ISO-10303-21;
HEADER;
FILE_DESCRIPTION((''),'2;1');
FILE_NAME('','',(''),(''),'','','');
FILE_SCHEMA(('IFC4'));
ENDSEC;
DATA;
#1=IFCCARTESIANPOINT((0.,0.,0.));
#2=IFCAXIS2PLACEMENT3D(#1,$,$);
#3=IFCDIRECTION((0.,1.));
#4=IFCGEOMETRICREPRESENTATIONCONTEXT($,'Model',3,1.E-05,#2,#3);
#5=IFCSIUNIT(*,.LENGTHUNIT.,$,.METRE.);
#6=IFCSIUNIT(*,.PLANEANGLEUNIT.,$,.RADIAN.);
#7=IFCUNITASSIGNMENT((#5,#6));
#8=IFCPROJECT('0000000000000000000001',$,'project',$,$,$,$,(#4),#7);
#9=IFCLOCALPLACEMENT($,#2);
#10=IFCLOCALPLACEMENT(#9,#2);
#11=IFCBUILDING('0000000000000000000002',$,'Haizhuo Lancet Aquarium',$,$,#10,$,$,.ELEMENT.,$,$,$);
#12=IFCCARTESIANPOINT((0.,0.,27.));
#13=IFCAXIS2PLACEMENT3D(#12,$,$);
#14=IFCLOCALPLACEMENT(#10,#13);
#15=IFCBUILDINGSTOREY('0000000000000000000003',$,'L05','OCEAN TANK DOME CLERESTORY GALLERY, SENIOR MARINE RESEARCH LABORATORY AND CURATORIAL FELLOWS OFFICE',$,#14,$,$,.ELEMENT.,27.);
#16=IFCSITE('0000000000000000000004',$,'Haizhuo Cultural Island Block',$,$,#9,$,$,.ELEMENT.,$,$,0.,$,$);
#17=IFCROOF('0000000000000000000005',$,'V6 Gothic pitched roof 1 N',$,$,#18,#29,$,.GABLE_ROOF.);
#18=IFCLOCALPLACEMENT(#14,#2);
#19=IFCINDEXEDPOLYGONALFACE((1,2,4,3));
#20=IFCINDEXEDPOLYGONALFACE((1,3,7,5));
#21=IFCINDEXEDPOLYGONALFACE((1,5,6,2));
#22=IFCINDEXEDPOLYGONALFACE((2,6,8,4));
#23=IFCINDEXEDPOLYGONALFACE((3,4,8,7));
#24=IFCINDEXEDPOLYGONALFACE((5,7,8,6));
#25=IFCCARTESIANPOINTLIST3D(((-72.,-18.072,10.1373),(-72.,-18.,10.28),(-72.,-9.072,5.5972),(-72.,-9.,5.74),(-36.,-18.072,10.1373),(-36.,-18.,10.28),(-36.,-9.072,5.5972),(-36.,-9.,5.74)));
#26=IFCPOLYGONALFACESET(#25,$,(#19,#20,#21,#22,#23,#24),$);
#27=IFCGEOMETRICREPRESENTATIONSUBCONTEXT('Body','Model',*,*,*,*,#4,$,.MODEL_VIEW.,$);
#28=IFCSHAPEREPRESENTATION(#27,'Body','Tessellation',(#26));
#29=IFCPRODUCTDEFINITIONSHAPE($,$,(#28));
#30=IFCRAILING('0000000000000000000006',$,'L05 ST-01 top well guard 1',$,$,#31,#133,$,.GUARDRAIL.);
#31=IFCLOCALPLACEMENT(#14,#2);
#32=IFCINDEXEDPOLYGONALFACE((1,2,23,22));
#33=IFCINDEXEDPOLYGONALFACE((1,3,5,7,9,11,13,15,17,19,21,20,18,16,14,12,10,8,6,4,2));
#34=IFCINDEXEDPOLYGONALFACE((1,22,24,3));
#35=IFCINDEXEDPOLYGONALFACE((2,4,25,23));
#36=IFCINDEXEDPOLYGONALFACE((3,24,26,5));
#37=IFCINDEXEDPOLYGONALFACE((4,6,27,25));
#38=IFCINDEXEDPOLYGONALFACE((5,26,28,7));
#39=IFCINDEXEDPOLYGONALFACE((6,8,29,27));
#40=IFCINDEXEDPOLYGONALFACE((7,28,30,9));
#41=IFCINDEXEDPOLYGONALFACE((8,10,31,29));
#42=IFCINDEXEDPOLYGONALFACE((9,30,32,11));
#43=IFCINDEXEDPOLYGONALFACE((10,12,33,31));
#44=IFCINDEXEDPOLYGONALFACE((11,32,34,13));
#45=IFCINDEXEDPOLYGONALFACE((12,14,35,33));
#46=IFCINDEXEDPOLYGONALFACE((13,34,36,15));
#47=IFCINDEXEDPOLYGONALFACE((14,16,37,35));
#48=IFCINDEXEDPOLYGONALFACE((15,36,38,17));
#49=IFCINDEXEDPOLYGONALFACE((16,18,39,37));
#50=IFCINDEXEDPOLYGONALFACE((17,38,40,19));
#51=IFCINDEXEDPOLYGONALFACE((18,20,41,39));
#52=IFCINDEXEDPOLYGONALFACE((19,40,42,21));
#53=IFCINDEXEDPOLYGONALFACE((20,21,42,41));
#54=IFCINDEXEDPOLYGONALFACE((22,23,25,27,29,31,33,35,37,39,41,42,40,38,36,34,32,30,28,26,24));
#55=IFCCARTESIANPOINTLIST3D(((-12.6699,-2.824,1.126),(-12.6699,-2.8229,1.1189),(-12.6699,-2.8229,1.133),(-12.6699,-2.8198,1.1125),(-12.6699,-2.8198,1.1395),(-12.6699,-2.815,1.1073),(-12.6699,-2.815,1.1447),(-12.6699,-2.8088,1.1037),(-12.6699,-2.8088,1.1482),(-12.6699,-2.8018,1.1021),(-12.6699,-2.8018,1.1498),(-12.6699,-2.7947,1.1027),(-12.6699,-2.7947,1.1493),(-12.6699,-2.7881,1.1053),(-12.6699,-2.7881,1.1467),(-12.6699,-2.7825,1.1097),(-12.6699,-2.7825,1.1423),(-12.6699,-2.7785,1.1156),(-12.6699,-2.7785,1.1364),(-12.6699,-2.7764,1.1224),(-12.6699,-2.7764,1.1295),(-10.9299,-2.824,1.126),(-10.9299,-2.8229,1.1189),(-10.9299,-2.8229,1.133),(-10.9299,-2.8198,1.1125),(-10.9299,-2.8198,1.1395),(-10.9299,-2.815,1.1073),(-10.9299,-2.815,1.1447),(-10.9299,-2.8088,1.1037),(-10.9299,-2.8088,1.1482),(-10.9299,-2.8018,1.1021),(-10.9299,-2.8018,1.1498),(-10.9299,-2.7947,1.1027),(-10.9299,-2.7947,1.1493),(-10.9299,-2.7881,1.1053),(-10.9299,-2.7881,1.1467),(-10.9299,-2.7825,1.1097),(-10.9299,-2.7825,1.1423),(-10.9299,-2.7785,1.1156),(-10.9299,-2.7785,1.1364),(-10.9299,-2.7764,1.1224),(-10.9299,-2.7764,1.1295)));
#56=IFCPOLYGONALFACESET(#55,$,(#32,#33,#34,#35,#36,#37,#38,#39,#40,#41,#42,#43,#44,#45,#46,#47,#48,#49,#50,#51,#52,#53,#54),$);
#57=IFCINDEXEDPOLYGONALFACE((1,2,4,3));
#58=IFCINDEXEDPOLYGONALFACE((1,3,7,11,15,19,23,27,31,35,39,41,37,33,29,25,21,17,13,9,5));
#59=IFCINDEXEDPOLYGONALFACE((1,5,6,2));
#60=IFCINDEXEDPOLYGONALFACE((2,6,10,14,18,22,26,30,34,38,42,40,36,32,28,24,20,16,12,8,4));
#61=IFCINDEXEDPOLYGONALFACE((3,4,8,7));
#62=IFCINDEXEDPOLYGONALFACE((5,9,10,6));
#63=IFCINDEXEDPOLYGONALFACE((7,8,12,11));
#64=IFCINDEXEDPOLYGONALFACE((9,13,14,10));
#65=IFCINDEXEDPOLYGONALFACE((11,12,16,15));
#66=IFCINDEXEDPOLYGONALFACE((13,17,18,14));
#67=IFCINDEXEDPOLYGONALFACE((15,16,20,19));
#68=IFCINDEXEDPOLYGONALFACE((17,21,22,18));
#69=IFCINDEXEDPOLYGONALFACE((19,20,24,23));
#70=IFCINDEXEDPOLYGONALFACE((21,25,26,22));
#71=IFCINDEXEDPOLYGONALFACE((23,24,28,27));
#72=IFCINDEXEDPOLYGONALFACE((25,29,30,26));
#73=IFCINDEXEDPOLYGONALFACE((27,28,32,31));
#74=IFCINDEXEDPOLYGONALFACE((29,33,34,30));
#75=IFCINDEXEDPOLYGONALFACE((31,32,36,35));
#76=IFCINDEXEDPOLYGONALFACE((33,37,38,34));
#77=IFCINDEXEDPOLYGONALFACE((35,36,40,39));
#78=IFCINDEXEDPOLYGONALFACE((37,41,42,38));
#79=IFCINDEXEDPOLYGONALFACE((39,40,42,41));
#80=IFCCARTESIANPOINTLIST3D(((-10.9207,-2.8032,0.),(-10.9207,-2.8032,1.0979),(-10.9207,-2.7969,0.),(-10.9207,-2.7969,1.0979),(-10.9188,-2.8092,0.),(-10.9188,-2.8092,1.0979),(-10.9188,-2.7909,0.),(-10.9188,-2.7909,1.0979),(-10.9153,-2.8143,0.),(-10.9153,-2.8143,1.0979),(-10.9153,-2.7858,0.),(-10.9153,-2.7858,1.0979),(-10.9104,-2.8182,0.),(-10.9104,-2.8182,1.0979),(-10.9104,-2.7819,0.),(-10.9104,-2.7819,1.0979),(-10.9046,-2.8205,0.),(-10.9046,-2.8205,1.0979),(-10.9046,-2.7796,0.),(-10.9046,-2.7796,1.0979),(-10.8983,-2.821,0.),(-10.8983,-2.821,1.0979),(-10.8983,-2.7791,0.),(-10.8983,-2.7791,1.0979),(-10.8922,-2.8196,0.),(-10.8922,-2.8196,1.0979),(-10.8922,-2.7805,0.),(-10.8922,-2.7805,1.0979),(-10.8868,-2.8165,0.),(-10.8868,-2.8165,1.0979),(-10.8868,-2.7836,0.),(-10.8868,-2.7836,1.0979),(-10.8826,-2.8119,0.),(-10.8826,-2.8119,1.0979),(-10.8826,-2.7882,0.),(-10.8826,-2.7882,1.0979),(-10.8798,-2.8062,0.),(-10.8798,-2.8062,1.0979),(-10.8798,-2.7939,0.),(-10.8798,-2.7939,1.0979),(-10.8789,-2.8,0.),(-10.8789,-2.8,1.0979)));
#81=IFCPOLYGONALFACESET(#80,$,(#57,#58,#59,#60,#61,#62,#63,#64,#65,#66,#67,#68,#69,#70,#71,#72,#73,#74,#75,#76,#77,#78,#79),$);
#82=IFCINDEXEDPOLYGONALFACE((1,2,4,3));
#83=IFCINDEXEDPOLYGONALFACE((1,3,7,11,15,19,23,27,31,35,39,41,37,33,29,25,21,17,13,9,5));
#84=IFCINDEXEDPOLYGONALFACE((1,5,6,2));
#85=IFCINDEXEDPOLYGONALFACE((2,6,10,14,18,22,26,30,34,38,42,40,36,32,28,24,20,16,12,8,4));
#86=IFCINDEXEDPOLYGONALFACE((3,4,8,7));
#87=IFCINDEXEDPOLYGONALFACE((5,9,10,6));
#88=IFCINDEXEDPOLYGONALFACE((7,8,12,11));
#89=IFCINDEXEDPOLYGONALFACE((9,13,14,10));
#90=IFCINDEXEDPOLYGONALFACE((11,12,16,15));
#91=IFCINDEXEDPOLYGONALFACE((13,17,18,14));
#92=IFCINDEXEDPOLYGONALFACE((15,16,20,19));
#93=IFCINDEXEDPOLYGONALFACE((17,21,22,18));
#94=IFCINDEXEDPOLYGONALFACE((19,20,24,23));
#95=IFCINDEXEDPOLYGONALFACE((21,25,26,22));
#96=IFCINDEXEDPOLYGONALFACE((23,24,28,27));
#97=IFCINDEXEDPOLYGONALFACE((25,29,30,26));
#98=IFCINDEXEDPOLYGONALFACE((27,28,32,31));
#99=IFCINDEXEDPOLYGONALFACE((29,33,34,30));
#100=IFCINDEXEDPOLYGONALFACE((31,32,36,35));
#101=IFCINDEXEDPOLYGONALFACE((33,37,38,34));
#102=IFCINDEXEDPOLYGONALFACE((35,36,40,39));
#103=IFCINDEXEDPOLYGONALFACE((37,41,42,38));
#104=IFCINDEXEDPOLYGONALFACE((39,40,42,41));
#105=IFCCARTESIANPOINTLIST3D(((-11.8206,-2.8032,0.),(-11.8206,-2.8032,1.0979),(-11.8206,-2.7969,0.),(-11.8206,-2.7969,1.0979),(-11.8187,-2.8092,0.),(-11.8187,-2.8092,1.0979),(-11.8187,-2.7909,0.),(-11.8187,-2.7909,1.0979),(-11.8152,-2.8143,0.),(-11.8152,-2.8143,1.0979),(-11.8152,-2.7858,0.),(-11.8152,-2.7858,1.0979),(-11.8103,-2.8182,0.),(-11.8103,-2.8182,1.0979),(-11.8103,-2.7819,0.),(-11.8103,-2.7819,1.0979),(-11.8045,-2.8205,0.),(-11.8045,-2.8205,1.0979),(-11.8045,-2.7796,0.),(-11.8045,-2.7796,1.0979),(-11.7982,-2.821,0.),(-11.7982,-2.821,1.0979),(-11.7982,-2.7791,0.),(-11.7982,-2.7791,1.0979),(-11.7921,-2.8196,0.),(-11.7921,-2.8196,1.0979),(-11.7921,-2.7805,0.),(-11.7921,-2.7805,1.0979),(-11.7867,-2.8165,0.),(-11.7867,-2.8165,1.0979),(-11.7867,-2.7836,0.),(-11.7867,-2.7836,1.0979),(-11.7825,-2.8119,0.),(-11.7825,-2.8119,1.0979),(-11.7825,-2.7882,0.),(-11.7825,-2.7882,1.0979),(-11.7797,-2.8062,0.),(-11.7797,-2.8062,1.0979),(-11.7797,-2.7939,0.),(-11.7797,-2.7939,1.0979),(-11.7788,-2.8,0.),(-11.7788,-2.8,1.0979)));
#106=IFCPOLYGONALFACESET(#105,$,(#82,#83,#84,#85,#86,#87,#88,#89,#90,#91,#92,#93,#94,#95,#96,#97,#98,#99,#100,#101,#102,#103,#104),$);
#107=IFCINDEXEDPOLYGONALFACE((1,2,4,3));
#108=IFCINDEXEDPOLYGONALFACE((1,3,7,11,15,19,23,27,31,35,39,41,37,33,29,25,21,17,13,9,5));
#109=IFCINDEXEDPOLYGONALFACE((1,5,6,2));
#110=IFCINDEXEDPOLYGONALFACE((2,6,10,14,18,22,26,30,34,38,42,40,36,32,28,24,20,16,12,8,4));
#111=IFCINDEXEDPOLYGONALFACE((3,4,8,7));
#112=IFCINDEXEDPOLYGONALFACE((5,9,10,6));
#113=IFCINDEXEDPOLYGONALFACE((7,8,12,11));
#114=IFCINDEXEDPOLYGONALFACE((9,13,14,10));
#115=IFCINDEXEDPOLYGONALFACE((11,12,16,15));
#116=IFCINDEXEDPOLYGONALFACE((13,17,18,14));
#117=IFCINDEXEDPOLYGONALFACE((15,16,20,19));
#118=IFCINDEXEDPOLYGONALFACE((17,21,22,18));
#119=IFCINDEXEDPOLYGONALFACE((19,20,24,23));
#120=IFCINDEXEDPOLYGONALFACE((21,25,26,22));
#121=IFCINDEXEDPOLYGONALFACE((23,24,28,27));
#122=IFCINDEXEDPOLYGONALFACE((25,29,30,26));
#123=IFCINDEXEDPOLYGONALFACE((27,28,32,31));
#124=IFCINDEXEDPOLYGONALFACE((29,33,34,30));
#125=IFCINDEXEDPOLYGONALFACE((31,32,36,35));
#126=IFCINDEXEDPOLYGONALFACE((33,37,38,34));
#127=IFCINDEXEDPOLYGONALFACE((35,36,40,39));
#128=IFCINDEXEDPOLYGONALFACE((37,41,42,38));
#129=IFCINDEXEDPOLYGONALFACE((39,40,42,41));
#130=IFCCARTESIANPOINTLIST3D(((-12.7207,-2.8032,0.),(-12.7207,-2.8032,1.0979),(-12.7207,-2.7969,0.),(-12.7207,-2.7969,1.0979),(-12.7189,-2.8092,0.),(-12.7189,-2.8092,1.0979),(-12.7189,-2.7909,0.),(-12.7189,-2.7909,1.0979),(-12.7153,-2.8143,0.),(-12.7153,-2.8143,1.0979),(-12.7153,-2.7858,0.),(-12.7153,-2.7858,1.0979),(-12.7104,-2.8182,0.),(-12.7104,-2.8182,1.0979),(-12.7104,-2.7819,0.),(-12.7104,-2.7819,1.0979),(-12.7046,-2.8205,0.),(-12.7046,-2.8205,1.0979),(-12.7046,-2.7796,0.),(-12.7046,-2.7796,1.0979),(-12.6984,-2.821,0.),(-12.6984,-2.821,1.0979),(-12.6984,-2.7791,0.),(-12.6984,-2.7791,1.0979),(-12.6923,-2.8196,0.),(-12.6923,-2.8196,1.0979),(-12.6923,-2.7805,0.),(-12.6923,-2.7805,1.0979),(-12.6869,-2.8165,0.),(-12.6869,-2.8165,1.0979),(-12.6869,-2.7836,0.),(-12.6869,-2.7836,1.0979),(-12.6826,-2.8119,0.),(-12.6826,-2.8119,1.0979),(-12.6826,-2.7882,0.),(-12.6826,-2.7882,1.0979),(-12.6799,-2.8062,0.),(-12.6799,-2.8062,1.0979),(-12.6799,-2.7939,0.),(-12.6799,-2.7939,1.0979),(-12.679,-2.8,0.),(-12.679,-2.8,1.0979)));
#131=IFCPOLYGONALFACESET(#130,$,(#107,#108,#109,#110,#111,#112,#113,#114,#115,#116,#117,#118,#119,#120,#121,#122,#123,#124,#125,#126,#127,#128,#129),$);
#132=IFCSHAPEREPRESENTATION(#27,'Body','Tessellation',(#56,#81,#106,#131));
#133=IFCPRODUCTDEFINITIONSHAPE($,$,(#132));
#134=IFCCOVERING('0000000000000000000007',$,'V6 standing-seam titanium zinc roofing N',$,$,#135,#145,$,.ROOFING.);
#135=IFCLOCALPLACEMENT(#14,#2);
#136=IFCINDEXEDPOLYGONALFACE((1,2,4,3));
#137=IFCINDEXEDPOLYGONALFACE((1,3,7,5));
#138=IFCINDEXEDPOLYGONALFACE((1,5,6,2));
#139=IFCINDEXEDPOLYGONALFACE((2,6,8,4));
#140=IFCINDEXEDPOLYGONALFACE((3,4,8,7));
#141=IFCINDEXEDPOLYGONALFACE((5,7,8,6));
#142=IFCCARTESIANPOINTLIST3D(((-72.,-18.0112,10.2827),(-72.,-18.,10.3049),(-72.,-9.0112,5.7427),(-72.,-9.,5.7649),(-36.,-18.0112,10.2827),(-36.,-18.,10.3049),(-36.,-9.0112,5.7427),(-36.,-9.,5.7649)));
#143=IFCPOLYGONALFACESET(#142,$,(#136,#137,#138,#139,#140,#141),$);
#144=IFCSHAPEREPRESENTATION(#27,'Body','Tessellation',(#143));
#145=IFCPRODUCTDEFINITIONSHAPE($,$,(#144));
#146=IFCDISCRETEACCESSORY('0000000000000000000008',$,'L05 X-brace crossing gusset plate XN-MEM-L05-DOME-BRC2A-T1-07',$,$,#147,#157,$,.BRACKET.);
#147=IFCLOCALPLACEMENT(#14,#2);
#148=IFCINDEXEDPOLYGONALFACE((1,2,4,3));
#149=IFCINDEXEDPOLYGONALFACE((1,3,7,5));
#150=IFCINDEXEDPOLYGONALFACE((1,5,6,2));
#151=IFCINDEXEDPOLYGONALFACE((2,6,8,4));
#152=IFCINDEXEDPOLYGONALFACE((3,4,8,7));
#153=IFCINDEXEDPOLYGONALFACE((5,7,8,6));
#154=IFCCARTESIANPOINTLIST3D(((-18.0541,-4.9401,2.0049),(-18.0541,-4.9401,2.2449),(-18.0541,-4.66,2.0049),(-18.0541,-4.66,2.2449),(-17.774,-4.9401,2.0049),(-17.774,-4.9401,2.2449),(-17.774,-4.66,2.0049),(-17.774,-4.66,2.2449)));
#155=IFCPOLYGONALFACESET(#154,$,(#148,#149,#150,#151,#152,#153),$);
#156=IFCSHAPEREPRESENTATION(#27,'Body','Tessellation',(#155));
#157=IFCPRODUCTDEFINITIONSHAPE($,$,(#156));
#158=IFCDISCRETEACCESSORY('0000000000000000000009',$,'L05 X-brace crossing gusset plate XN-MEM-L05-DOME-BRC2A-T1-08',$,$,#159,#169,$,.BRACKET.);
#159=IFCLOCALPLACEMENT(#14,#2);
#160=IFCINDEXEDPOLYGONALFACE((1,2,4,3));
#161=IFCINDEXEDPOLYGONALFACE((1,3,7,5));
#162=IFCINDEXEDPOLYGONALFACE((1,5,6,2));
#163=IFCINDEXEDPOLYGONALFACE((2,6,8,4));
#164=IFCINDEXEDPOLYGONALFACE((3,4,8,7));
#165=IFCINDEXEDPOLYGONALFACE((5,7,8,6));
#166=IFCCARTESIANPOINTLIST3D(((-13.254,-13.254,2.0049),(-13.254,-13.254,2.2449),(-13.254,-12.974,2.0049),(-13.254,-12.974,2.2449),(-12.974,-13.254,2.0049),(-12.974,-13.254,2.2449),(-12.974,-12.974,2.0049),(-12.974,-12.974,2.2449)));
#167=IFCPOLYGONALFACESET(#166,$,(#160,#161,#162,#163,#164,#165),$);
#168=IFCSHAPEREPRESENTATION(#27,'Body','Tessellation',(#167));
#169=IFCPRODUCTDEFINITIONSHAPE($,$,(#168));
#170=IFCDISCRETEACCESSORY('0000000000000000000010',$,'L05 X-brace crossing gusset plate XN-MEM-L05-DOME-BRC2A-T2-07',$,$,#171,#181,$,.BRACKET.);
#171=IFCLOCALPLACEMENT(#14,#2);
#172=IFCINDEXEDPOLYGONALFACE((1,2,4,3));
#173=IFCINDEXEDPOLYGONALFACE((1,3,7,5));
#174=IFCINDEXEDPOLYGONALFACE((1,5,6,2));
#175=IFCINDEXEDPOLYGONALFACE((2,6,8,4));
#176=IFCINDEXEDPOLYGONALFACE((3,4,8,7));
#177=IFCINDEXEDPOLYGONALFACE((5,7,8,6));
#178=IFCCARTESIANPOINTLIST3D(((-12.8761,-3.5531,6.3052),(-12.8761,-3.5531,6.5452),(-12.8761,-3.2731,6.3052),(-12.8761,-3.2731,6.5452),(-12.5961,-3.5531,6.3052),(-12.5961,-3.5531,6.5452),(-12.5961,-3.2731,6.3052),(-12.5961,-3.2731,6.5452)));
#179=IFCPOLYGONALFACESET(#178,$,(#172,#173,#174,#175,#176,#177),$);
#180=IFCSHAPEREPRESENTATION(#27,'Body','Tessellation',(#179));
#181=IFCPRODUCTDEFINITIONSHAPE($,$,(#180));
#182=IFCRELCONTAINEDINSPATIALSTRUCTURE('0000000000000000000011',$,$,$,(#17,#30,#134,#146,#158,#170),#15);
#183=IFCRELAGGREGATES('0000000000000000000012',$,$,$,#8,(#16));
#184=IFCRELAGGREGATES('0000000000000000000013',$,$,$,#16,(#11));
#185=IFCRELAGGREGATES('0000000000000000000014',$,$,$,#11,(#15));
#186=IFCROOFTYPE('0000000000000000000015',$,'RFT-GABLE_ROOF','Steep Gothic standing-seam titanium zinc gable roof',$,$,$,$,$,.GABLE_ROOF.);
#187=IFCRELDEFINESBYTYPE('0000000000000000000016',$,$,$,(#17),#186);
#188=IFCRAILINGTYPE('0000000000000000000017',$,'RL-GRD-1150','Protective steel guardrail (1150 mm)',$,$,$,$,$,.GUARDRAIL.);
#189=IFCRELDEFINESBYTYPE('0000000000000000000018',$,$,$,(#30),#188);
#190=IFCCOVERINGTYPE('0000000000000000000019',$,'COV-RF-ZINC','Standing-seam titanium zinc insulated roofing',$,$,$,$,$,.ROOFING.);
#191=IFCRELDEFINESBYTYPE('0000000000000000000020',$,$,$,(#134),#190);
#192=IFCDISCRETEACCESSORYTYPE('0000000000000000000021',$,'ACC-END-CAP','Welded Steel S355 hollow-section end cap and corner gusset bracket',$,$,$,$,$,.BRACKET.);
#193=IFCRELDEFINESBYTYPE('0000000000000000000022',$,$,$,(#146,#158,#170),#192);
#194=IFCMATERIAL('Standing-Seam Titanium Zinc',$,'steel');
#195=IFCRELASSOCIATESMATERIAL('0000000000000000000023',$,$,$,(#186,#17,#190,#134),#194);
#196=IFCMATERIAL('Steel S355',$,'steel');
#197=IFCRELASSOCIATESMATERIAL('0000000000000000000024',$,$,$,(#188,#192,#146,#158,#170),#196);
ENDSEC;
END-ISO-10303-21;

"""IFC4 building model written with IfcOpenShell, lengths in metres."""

from ifc_helpers import new_model, si_unit, direction, frame, origin, origin_2d, place, context, subcontext, project, spatial, polyline, rectangle, circle, outline, extrude, material, type_object, element, save


model = new_model("IFC4")

# Units and contexts
model_context = context("Model", 3, precision=1e-05, world=origin(), true_north=direction((0.0, 1.0)))
body_context = subcontext(model_context, "Body", "Model", "MODEL_VIEW")
ifc_project = project(units=[si_unit("LENGTHUNIT", "METRE"), si_unit("PLANEANGLEUNIT", "RADIAN")], contexts=[model_context])

# Site, building, storey
site_placement = place(None, origin())
site = spatial("IfcSite", under=ifc_project, at=site_placement, Name="Haizhuo Cultural Island Block", CompositionType="ELEMENT", RefElevation=0.0)
building_placement = place(site_placement, origin())
building = spatial("IfcBuilding", under=site, at=building_placement, Name="Haizhuo Lancet Aquarium", CompositionType="ELEMENT")
storey_placement = place(building_placement, frame((0.0, 0.0, 27.0)))
storey = spatial("IfcBuildingStorey", under=building, at=storey_placement, Name="L05", Description="OCEAN TANK DOME CLERESTORY GALLERY, SENIOR MARINE RESEARCH LABORATORY AND CURATORIAL FELLOWS OFFICE", CompositionType="ELEMENT", Elevation=27.0)

# Shared definitions
ifc_material_1 = material(Name="Steel S355", Category="steel")

# Roof
ifc_material_2 = material(Name="Standing-Seam Titanium Zinc", Category="steel")
roof_type_1 = type_object("IfcRoofType", Name="RFT-GABLE_ROOF", Description="Steep Gothic standing-seam titanium zinc gable roof", PredefinedType="GABLE_ROOF", material=ifc_material_2)
roof_1_placement = place(storey_placement, frame((-36.0, -9.0, 5.74), z_axis=(0.0, 0.450388, 0.892833), x_axis=(-1.0, 0.0, 0.0)))
element("IfcRoof", 1, at=roof_1_placement, inside=storey, type_object=roof_type_1, material=ifc_material_2, Name="V6 Gothic pitched roof 1 N", PredefinedType="GABLE_ROOF", context=body_context, shape_type="SweptSolid", body=[
    extrude(outline(polyline([(0.0, 0.0), (36.0, 0.0), (36.0, 10.0803), (0.0, 10.0803), (0.0, 0.0)])), origin(), (0.0, 0.0, -1.0), 0.1599),
])

# Railing
railing_type = type_object("IfcRailingType", Name="RL-GRD-1150", Description="Protective steel guardrail (1150 mm)", PredefinedType="GUARDRAIL", material=ifc_material_1)
railing_placement = place(storey_placement, frame((-10.8999, -2.8, 0.0)))
element("IfcRailing", 2, at=railing_placement, inside=storey, type_object=railing_type, Name="L05 ST-01 top well guard 1", PredefinedType="GUARDRAIL", context=body_context, shape_type="SweptSolid", body=[
    extrude(circle(Radius=0.0239, at=origin_2d()), frame((-0.03, 0.0, 1.126), z_axis=(-1.0, 0.0, 0.0), x_axis=(0.0, -1.0, 0.0)), (0.0, 0.0, 1.0), 1.74),
    extrude(circle(Radius=0.021, at=origin_2d()), origin(), (0.0, 0.0, 1.0), 1.0979),
    extrude(circle(Radius=0.021, at=origin_2d()), frame((-0.8999, 0.0, 0.0)), (0.0, 0.0, 1.0), 1.0979),
    extrude(circle(Radius=0.021, at=origin_2d()), frame((-1.8, 0.0, 0.0)), (0.0, 0.0, 1.0), 1.0979),
])

# Covering
covering_type = type_object("IfcCoveringType", Name="COV-RF-ZINC", Description="Standing-seam titanium zinc insulated roofing", PredefinedType="ROOFING", material=ifc_material_2)
covering_placement = place(storey_placement, frame((-36.0, -9.0, 5.7649), z_axis=(0.0, 0.450388, 0.892833), x_axis=(-1.0, 0.0, 0.0)))
element("IfcCovering", 3, at=covering_placement, inside=storey, type_object=covering_type, material=ifc_material_2, Name="V6 standing-seam titanium zinc roofing N", PredefinedType="ROOFING", context=body_context, shape_type="SweptSolid", body=[
    extrude(outline(polyline([(0.0, 0.0), (36.0, 0.0), (36.0, 10.0803), (0.0, 10.0803), (0.0, 0.0)])), origin(), (0.0, 0.0, -1.0), 0.0249),
])

# Discrete accessories
discrete_accessory_type = type_object("IfcDiscreteAccessoryType", Name="ACC-END-CAP", Description="Welded Steel S355 hollow-section end cap and corner gusset bracket", PredefinedType="BRACKET", material=ifc_material_1)
for number, where, z_axis, x_axis, name in (
    (4, (-17.9141, -4.8, 2.0049), (0.0, 0.0, 1.0), (1.0, 0.0, 0.0), "L05 X-brace crossing gusset plate XN-MEM-L05-DOME-BRC2A-T1-07"),
    (5, (-13.114, -13.114, 2.0049), (0.0, 0.0, 1.0), (1.0, 0.0, 0.0), "L05 X-brace crossing gusset plate XN-MEM-L05-DOME-BRC2A-T1-08"),
    (6, (-12.7361, -3.4131, 6.3052), (0.0, 0.0, 1.0), (1.0, 0.0, 0.0), "L05 X-brace crossing gusset plate XN-MEM-L05-DOME-BRC2A-T2-07"),
):
    element("IfcDiscreteAccessory", number, at=place(storey_placement, frame(where, z_axis=z_axis, x_axis=x_axis)), inside=storey, type_object=discrete_accessory_type, material=ifc_material_1, Name=name, PredefinedType="BRACKET", context=body_context, shape_type="SweptSolid", body=[
        extrude(rectangle(XDim=0.28, YDim=0.28, at=origin_2d()), origin(), (0.0, 0.0, 1.0), 0.24),
    ])

save(model, "model.ifc")
